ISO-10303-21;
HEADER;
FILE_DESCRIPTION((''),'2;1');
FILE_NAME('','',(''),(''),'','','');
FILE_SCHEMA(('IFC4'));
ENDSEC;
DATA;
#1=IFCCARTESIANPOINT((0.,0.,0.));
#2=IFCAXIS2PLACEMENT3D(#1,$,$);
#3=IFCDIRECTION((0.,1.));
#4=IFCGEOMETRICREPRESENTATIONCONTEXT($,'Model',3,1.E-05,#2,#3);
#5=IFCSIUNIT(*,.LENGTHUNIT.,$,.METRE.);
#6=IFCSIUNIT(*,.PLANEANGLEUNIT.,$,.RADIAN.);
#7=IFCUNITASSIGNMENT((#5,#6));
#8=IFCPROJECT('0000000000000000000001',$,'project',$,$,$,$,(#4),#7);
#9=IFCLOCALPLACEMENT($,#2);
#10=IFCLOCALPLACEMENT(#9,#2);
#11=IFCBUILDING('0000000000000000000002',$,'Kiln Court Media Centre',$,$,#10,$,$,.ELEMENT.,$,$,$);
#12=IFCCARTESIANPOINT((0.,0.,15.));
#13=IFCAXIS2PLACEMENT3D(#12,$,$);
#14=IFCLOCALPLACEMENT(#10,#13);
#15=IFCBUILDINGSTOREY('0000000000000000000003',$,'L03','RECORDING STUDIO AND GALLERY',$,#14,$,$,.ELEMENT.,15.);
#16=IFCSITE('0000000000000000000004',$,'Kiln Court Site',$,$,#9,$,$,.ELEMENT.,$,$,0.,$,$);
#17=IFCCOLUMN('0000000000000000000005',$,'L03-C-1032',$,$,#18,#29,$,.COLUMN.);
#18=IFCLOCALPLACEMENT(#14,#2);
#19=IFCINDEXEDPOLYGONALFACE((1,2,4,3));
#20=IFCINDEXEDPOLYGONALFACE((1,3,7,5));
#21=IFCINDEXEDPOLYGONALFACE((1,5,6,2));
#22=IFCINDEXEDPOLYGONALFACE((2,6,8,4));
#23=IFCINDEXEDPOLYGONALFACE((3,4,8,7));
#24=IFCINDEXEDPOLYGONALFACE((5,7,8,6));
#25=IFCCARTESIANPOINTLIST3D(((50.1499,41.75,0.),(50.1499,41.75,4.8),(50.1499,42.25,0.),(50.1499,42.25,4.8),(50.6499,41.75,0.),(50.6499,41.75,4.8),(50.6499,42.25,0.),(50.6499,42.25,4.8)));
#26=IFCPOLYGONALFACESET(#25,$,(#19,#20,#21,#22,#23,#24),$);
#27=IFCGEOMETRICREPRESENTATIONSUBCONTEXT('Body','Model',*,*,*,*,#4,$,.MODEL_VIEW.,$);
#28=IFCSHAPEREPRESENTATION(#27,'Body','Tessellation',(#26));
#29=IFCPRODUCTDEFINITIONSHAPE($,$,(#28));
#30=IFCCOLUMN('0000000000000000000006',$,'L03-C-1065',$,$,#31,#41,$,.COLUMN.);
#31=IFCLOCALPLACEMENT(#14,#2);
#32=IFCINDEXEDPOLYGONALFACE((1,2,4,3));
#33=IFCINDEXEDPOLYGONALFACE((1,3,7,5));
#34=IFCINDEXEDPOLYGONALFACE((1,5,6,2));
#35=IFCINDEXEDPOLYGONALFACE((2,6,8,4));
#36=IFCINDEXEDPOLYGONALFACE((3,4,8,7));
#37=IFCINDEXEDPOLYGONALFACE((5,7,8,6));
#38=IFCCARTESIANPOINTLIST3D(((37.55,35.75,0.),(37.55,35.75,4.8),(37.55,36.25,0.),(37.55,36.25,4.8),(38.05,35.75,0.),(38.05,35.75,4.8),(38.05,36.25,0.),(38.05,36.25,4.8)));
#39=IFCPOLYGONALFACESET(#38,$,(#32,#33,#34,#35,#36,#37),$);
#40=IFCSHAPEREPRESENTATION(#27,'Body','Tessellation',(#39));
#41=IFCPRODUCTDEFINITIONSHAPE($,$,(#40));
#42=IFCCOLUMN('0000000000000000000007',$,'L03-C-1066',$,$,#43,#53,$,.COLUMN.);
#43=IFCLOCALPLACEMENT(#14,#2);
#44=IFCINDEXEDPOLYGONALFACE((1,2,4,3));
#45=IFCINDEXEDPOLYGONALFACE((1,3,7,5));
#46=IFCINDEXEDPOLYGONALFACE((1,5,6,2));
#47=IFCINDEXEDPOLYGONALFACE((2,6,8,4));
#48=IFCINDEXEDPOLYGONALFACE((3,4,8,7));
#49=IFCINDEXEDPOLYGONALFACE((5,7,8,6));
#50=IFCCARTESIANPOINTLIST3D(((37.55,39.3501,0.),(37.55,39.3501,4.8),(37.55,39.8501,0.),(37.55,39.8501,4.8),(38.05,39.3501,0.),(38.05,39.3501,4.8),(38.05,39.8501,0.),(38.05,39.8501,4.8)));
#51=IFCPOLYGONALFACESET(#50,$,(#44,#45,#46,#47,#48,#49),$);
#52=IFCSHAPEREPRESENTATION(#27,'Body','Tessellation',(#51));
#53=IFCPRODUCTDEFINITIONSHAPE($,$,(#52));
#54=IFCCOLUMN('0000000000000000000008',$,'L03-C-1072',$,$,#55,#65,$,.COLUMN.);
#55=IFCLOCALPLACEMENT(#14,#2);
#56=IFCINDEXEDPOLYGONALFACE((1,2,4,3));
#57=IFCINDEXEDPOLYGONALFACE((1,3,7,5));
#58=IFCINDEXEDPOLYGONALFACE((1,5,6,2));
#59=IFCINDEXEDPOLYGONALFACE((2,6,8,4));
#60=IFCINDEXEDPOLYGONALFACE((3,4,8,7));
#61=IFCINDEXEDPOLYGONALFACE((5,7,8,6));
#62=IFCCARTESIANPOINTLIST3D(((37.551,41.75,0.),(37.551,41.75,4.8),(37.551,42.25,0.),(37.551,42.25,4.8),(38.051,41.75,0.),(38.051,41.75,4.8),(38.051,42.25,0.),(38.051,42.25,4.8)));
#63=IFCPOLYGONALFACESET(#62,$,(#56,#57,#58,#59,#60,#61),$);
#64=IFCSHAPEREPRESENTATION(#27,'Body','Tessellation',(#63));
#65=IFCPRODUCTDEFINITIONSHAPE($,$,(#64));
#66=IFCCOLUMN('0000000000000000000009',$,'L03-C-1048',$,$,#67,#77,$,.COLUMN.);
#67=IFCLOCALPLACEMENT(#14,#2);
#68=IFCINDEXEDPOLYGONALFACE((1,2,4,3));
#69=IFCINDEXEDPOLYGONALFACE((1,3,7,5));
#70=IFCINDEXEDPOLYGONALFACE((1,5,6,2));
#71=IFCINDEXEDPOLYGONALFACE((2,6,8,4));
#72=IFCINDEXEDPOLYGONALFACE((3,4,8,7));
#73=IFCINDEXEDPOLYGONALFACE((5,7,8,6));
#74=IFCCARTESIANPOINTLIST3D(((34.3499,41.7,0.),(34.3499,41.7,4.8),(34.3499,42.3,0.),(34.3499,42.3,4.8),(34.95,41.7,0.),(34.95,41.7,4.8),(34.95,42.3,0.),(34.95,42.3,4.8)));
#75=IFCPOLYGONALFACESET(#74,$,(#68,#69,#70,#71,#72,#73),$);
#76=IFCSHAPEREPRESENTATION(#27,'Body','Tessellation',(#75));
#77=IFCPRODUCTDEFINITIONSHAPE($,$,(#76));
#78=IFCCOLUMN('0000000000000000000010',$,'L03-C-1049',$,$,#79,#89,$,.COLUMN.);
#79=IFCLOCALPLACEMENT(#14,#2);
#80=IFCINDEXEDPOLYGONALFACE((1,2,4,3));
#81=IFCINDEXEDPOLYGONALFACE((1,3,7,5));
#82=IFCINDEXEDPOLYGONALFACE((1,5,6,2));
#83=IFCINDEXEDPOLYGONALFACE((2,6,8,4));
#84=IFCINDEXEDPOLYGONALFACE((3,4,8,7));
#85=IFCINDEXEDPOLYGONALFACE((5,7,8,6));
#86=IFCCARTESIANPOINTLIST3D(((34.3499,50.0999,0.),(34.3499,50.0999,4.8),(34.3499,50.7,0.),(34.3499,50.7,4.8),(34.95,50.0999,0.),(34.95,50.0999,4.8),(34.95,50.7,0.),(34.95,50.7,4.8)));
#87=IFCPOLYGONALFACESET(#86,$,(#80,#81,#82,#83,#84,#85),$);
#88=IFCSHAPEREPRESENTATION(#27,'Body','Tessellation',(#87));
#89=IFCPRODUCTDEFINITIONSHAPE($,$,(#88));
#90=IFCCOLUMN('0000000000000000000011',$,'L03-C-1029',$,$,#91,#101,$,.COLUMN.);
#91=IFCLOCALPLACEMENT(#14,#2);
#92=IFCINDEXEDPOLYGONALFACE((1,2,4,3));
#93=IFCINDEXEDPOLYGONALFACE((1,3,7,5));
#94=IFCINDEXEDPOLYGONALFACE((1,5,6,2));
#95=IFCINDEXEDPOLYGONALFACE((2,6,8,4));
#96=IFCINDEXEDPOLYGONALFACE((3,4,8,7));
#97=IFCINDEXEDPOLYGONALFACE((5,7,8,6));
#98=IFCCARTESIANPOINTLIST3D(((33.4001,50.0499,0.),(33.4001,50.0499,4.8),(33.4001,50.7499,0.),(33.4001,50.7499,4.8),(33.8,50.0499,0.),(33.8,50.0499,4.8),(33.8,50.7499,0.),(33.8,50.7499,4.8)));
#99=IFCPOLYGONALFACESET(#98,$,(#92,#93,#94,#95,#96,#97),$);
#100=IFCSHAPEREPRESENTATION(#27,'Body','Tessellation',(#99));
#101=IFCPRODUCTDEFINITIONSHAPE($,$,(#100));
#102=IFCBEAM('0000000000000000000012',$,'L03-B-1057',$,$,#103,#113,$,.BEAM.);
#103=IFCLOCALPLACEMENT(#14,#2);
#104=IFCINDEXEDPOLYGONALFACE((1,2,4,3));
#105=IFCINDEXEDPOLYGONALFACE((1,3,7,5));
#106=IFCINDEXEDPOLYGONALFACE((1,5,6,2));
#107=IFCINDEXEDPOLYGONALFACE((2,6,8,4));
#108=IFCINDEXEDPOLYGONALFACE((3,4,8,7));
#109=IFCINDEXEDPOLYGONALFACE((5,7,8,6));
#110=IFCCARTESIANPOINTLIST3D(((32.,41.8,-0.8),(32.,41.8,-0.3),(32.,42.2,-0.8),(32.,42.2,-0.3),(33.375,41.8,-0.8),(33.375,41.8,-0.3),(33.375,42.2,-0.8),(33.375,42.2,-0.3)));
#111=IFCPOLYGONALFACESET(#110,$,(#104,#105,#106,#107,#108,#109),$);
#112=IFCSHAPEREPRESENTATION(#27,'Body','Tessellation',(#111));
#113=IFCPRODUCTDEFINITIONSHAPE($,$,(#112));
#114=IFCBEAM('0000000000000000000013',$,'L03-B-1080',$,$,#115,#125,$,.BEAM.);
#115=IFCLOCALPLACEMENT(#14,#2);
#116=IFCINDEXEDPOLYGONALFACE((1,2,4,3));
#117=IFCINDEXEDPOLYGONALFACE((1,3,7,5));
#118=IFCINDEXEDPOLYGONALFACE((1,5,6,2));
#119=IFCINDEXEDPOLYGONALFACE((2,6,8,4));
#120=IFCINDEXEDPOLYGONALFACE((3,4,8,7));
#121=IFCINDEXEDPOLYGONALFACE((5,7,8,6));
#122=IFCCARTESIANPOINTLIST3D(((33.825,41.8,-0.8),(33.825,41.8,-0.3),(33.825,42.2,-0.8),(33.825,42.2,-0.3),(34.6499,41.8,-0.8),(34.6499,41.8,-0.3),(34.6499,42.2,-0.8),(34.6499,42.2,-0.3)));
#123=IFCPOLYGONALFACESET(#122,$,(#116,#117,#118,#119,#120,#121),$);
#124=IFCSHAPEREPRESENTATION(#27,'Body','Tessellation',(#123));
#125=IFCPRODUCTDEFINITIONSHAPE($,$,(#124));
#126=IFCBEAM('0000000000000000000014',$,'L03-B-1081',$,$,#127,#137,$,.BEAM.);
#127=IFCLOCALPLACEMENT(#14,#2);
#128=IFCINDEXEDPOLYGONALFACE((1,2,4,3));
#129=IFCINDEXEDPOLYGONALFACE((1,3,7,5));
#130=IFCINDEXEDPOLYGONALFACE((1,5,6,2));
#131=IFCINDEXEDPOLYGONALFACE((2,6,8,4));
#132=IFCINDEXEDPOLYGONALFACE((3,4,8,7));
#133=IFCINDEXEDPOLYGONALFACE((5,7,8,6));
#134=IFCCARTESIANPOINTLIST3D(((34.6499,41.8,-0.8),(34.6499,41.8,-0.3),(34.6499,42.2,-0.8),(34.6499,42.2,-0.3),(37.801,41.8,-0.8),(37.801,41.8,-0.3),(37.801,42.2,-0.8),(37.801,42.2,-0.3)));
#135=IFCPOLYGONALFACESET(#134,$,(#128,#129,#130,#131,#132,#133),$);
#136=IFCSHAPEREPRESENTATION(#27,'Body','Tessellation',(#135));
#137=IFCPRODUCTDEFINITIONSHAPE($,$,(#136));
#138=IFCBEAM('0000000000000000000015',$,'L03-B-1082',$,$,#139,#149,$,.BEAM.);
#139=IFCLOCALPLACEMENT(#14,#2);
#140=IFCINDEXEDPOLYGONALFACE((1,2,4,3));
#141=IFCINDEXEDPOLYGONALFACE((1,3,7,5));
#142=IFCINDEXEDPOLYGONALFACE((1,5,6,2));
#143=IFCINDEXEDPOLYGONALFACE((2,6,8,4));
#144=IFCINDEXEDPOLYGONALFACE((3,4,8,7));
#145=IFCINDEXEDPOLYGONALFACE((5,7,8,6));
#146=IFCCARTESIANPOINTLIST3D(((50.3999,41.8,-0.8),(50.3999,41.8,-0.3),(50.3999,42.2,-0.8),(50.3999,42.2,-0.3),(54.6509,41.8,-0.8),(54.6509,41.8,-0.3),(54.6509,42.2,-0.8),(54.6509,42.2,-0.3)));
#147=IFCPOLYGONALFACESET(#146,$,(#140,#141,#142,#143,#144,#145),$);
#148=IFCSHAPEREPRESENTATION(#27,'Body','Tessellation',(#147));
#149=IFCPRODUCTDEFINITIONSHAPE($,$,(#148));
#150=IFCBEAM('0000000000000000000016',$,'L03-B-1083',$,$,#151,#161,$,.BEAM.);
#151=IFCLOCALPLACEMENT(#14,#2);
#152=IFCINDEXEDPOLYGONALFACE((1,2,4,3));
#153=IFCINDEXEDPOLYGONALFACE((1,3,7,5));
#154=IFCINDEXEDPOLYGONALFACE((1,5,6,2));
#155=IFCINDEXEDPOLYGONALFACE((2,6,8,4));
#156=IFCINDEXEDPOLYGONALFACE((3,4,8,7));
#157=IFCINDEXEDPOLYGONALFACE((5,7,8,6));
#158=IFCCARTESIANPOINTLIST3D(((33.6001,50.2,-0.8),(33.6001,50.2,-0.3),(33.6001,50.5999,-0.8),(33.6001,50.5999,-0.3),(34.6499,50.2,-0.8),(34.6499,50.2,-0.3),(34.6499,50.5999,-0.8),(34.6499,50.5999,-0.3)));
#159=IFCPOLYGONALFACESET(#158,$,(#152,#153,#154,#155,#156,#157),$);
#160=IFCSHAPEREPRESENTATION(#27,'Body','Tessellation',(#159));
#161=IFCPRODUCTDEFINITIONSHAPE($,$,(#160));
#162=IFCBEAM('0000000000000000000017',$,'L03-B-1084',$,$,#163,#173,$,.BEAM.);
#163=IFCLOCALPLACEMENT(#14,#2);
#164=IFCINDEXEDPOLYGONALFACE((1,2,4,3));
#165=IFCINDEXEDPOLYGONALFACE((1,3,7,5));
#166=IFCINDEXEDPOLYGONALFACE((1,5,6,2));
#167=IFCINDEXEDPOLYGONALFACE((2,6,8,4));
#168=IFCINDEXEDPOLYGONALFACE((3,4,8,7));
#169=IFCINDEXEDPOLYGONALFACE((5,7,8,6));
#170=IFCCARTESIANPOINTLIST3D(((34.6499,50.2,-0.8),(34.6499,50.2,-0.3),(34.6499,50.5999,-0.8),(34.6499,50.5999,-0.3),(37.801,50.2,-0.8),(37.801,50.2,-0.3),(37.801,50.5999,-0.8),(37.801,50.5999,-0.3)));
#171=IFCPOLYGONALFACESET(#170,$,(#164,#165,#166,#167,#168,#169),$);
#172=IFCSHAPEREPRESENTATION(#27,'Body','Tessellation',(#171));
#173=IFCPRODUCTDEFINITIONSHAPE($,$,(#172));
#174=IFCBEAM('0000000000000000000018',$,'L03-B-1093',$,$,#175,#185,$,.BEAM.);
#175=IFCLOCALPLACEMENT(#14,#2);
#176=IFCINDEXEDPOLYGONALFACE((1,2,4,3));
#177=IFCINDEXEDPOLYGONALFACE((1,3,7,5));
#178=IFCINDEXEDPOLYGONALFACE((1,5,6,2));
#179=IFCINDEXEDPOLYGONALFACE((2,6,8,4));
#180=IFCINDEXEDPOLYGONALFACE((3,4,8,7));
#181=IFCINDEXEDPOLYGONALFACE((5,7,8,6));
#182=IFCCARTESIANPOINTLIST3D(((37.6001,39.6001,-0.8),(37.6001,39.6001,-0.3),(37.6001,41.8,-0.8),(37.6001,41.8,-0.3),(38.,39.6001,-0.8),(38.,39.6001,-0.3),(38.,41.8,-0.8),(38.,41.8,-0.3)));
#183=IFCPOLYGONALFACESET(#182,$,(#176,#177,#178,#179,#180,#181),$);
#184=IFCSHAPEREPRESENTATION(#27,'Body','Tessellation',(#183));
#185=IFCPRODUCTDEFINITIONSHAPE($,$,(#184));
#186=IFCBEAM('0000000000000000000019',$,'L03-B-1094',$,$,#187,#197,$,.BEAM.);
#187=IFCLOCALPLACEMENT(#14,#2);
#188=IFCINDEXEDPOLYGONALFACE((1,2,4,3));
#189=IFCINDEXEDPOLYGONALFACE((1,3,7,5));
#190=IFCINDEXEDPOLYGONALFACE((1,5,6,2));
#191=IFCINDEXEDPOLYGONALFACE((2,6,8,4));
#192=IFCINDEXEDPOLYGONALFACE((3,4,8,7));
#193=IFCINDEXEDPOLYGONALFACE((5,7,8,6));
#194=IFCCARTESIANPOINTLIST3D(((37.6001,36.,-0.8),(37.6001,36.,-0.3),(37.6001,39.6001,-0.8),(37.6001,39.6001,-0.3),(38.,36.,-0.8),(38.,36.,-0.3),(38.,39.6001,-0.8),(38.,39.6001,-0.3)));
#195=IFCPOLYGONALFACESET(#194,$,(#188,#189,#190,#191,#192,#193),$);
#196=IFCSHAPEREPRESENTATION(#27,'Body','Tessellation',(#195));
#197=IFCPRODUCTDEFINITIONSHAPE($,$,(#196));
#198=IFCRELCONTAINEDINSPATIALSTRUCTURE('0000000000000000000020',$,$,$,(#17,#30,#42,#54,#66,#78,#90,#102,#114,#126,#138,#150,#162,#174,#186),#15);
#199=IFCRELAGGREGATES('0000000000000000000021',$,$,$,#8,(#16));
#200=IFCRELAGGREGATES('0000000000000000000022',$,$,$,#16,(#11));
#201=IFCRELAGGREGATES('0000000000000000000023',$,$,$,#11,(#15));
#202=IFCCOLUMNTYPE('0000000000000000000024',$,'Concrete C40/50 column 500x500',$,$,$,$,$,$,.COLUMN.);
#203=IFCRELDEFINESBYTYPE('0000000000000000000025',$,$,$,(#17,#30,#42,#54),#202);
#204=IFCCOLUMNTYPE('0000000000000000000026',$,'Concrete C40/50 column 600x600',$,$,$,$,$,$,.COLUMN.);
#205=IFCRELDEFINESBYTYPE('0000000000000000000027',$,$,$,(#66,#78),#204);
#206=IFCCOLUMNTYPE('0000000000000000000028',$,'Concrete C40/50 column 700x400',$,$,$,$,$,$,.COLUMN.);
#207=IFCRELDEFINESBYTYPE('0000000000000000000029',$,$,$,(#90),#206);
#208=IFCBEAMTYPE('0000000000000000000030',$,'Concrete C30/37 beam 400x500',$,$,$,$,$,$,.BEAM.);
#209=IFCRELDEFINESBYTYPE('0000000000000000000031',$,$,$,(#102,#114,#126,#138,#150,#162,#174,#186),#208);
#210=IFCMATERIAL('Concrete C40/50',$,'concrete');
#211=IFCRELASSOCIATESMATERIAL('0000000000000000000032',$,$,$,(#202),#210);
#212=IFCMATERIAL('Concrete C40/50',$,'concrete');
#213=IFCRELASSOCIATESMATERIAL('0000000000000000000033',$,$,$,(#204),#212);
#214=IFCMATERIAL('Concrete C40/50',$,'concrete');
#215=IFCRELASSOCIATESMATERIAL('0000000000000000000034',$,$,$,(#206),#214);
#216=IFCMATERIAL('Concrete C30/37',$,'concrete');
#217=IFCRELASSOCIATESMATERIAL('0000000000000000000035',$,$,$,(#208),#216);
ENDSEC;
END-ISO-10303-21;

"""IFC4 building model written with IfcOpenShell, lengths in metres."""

from ifc_helpers import new_model, si_unit, direction, frame, origin, origin_2d, place, context, subcontext, project, spatial, rectangle, extrude, material, material_profile, profile_set, type_object, element, save


model = new_model("IFC4")

# Units and contexts
model_context = context("Model", 3, precision=1e-05, world=origin(), true_north=direction((0.0, 1.0)))
body_context = subcontext(model_context, "Body", "Model", "MODEL_VIEW")
ifc_project = project(units=[si_unit("LENGTHUNIT", "METRE"), si_unit("PLANEANGLEUNIT", "RADIAN")], contexts=[model_context])

# Site, building, storey
site_placement = place(None, origin())
site = spatial("IfcSite", under=ifc_project, at=site_placement, Name="Kiln Court Site", CompositionType="ELEMENT", RefElevation=0.0)
building_placement = place(site_placement, origin())
building = spatial("IfcBuilding", under=site, at=building_placement, Name="Kiln Court Media Centre", CompositionType="ELEMENT")
storey_placement = place(building_placement, frame((0.0, 0.0, 15.0)))
storey = spatial("IfcBuildingStorey", under=building, at=storey_placement, Name="L03", Description="RECORDING STUDIO AND GALLERY", CompositionType="ELEMENT", Elevation=15.0)

# Columns
ifc_material_1 = material(Name="Concrete C40/50", Category="concrete")
ifc_material_profile_1 = material_profile(ifc_material_1, rectangle(XDim=0.5, YDim=0.5, at=origin_2d()), Name="RC 500x500")
ifc_profile_set_1 = profile_set([ifc_material_profile_1], Name="Concrete C40/50")
column_type_1 = type_object("IfcColumnType", Name="Concrete C40/50 column 500x500", PredefinedType="COLUMN", material=ifc_profile_set_1)
for number, where, z_axis, x_axis, name in (
    (1, (50.3999, 42.0, 0.0), (0.0, 0.0, 1.0), (1.0, 0.0, 0.0), "L03-C-1032"),
    (2, (37.8, 36.0, 0.0), (0.0, 0.0, 1.0), (1.0, 0.0, 0.0), "L03-C-1065"),
    (3, (37.8, 39.6001, 0.0), (0.0, 0.0, 1.0), (1.0, 0.0, 0.0), "L03-C-1066"),
    (4, (37.801, 42.0, 0.0), (0.0, 0.0, 1.0), (1.0, 0.0, 0.0), "L03-C-1072"),
):
    element("IfcColumn", number, at=place(storey_placement, frame(where, z_axis=z_axis, x_axis=x_axis)), inside=storey, type_object=column_type_1, Name=name, PredefinedType="COLUMN", context=body_context, shape_type="SweptSolid", body=[
        extrude(rectangle(XDim=0.5, YDim=0.5, at=origin_2d()), origin(), (0.0, 0.0, 1.0), 4.8),
    ])
ifc_material_2 = material(Name="Concrete C40/50", Category="concrete")
ifc_material_profile_2 = material_profile(ifc_material_2, rectangle(XDim=0.6001, YDim=0.6001, at=origin_2d()), Name="RC 600x600")
ifc_profile_set_2 = profile_set([ifc_material_profile_2], Name="Concrete C40/50")
column_type_2 = type_object("IfcColumnType", Name="Concrete C40/50 column 600x600", PredefinedType="COLUMN", material=ifc_profile_set_2)
for number, where, z_axis, x_axis, name in (
    (5, (34.6499, 42.0, 0.0), (0.0, 0.0, 1.0), (1.0, 0.0, 0.0), "L03-C-1048"),
    (6, (34.6499, 50.3999, 0.0), (0.0, 0.0, 1.0), (1.0, 0.0, 0.0), "L03-C-1049"),
):
    element("IfcColumn", number, at=place(storey_placement, frame(where, z_axis=z_axis, x_axis=x_axis)), inside=storey, type_object=column_type_2, Name=name, PredefinedType="COLUMN", context=body_context, shape_type="SweptSolid", body=[
        extrude(rectangle(XDim=0.6001, YDim=0.6001, at=origin_2d()), origin(), (0.0, 0.0, 1.0), 4.8),
    ])
ifc_material_3 = material(Name="Concrete C40/50", Category="concrete")
ifc_material_profile_3 = material_profile(ifc_material_3, rectangle(XDim=0.7, YDim=0.3999, at=origin_2d()), Name="RC 700x400")
ifc_profile_set_3 = profile_set([ifc_material_profile_3], Name="Concrete C40/50")
column_type_3 = type_object("IfcColumnType", Name="Concrete C40/50 column 700x400", PredefinedType="COLUMN", material=ifc_profile_set_3)
column_placement = place(storey_placement, frame((33.6001, 50.3999, 0.0), z_axis=(0.0, 0.0, 1.0), x_axis=(0.0, 1.0, 0.0)))
element("IfcColumn", 7, at=column_placement, inside=storey, type_object=column_type_3, Name="L03-C-1029", PredefinedType="COLUMN", context=body_context, shape_type="SweptSolid", body=[
    extrude(rectangle(XDim=0.7, YDim=0.3999, at=origin_2d()), origin(), (0.0, 0.0, 1.0), 4.8),
])

# Beams
ifc_material_4 = material(Name="Concrete C30/37", Category="concrete")
ifc_material_profile_4 = material_profile(ifc_material_4, rectangle(XDim=0.3999, YDim=0.5, at=origin_2d()), Name="RC 400x500")
ifc_profile_set_4 = profile_set([ifc_material_profile_4], Name="Concrete C30/37")
beam_type_1 = type_object("IfcBeamType", Name="Concrete C30/37 beam 400x500", PredefinedType="BEAM", material=ifc_profile_set_4)
beam_1_placement = place(storey_placement, frame((32.0, 42.0, -0.55), z_axis=(1.0, 0.0, 0.0), x_axis=(0.0, 1.0, 0.0)))
element("IfcBeam", 8, at=beam_1_placement, inside=storey, type_object=beam_type_1, Name="L03-B-1057", PredefinedType="BEAM", context=body_context, shape_type="SweptSolid", body=[
    extrude(rectangle(XDim=0.3999, YDim=0.5, at=origin_2d()), origin(), (0.0, 0.0, 1.0), 1.375),
])
beam_2_placement = place(storey_placement, frame((33.825, 42.0, -0.55), z_axis=(1.0, 0.0, 0.0), x_axis=(0.0, 1.0, 0.0)))
element("IfcBeam", 9, at=beam_2_placement, inside=storey, type_object=beam_type_1, Name="L03-B-1080", PredefinedType="BEAM", context=body_context, shape_type="SweptSolid", body=[
    extrude(rectangle(XDim=0.3999, YDim=0.5, at=origin_2d()), origin(), (0.0, 0.0, 1.0), 0.825),
])
beam_3_placement = place(storey_placement, frame((34.6499, 42.0, -0.55), z_axis=(1.0, 0.0, 0.0), x_axis=(0.0, 1.0, 0.0)))
element("IfcBeam", 10, at=beam_3_placement, inside=storey, type_object=beam_type_1, Name="L03-B-1081", PredefinedType="BEAM", context=body_context, shape_type="SweptSolid", body=[
    extrude(rectangle(XDim=0.3999, YDim=0.5, at=origin_2d()), origin(), (0.0, 0.0, 1.0), 3.1511),
])
beam_4_placement = place(storey_placement, frame((50.3999, 42.0, -0.55), z_axis=(1.0, 0.0, 0.0), x_axis=(0.0, 1.0, 0.0)))
element("IfcBeam", 11, at=beam_4_placement, inside=storey, type_object=beam_type_1, Name="L03-B-1082", PredefinedType="BEAM", context=body_context, shape_type="SweptSolid", body=[
    extrude(rectangle(XDim=0.3999, YDim=0.5, at=origin_2d()), origin(), (0.0, 0.0, 1.0), 4.251),
])
beam_5_placement = place(storey_placement, frame((33.6001, 50.3999, -0.55), z_axis=(1.0, 0.0, 0.0), x_axis=(0.0, 1.0, 0.0)))
element("IfcBeam", 12, at=beam_5_placement, inside=storey, type_object=beam_type_1, Name="L03-B-1083", PredefinedType="BEAM", context=body_context, shape_type="SweptSolid", body=[
    extrude(rectangle(XDim=0.3999, YDim=0.5, at=origin_2d()), origin(), (0.0, 0.0, 1.0), 1.0498),
])
beam_6_placement = place(storey_placement, frame((34.6499, 50.3999, -0.55), z_axis=(1.0, 0.0, 0.0), x_axis=(0.0, 1.0, 0.0)))
element("IfcBeam", 13, at=beam_6_placement, inside=storey, type_object=beam_type_1, Name="L03-B-1084", PredefinedType="BEAM", context=body_context, shape_type="SweptSolid", body=[
    extrude(rectangle(XDim=0.3999, YDim=0.5, at=origin_2d()), origin(), (0.0, 0.0, 1.0), 3.1511),
])
beam_7_placement = place(storey_placement, frame((37.8, 41.8, -0.55), z_axis=(0.0, -1.0, 0.0), x_axis=(1.0, 0.0, 0.0)))
element("IfcBeam", 14, at=beam_7_placement, inside=storey, type_object=beam_type_1, Name="L03-B-1093", PredefinedType="BEAM", context=body_context, shape_type="SweptSolid", body=[
    extrude(rectangle(XDim=0.3999, YDim=0.5, at=origin_2d()), origin(), (0.0, 0.0, 1.0), 2.2),
])
beam_8_placement = place(storey_placement, frame((37.8, 39.6001, -0.55), z_axis=(0.0, -1.0, 0.0), x_axis=(1.0, 0.0, 0.0)))
element("IfcBeam", 15, at=beam_8_placement, inside=storey, type_object=beam_type_1, Name="L03-B-1094", PredefinedType="BEAM", context=body_context, shape_type="SweptSolid", body=[
    extrude(rectangle(XDim=0.3999, YDim=0.5, at=origin_2d()), origin(), (0.0, 0.0, 1.0), 3.6001),
])

save(model, "model.ifc")
